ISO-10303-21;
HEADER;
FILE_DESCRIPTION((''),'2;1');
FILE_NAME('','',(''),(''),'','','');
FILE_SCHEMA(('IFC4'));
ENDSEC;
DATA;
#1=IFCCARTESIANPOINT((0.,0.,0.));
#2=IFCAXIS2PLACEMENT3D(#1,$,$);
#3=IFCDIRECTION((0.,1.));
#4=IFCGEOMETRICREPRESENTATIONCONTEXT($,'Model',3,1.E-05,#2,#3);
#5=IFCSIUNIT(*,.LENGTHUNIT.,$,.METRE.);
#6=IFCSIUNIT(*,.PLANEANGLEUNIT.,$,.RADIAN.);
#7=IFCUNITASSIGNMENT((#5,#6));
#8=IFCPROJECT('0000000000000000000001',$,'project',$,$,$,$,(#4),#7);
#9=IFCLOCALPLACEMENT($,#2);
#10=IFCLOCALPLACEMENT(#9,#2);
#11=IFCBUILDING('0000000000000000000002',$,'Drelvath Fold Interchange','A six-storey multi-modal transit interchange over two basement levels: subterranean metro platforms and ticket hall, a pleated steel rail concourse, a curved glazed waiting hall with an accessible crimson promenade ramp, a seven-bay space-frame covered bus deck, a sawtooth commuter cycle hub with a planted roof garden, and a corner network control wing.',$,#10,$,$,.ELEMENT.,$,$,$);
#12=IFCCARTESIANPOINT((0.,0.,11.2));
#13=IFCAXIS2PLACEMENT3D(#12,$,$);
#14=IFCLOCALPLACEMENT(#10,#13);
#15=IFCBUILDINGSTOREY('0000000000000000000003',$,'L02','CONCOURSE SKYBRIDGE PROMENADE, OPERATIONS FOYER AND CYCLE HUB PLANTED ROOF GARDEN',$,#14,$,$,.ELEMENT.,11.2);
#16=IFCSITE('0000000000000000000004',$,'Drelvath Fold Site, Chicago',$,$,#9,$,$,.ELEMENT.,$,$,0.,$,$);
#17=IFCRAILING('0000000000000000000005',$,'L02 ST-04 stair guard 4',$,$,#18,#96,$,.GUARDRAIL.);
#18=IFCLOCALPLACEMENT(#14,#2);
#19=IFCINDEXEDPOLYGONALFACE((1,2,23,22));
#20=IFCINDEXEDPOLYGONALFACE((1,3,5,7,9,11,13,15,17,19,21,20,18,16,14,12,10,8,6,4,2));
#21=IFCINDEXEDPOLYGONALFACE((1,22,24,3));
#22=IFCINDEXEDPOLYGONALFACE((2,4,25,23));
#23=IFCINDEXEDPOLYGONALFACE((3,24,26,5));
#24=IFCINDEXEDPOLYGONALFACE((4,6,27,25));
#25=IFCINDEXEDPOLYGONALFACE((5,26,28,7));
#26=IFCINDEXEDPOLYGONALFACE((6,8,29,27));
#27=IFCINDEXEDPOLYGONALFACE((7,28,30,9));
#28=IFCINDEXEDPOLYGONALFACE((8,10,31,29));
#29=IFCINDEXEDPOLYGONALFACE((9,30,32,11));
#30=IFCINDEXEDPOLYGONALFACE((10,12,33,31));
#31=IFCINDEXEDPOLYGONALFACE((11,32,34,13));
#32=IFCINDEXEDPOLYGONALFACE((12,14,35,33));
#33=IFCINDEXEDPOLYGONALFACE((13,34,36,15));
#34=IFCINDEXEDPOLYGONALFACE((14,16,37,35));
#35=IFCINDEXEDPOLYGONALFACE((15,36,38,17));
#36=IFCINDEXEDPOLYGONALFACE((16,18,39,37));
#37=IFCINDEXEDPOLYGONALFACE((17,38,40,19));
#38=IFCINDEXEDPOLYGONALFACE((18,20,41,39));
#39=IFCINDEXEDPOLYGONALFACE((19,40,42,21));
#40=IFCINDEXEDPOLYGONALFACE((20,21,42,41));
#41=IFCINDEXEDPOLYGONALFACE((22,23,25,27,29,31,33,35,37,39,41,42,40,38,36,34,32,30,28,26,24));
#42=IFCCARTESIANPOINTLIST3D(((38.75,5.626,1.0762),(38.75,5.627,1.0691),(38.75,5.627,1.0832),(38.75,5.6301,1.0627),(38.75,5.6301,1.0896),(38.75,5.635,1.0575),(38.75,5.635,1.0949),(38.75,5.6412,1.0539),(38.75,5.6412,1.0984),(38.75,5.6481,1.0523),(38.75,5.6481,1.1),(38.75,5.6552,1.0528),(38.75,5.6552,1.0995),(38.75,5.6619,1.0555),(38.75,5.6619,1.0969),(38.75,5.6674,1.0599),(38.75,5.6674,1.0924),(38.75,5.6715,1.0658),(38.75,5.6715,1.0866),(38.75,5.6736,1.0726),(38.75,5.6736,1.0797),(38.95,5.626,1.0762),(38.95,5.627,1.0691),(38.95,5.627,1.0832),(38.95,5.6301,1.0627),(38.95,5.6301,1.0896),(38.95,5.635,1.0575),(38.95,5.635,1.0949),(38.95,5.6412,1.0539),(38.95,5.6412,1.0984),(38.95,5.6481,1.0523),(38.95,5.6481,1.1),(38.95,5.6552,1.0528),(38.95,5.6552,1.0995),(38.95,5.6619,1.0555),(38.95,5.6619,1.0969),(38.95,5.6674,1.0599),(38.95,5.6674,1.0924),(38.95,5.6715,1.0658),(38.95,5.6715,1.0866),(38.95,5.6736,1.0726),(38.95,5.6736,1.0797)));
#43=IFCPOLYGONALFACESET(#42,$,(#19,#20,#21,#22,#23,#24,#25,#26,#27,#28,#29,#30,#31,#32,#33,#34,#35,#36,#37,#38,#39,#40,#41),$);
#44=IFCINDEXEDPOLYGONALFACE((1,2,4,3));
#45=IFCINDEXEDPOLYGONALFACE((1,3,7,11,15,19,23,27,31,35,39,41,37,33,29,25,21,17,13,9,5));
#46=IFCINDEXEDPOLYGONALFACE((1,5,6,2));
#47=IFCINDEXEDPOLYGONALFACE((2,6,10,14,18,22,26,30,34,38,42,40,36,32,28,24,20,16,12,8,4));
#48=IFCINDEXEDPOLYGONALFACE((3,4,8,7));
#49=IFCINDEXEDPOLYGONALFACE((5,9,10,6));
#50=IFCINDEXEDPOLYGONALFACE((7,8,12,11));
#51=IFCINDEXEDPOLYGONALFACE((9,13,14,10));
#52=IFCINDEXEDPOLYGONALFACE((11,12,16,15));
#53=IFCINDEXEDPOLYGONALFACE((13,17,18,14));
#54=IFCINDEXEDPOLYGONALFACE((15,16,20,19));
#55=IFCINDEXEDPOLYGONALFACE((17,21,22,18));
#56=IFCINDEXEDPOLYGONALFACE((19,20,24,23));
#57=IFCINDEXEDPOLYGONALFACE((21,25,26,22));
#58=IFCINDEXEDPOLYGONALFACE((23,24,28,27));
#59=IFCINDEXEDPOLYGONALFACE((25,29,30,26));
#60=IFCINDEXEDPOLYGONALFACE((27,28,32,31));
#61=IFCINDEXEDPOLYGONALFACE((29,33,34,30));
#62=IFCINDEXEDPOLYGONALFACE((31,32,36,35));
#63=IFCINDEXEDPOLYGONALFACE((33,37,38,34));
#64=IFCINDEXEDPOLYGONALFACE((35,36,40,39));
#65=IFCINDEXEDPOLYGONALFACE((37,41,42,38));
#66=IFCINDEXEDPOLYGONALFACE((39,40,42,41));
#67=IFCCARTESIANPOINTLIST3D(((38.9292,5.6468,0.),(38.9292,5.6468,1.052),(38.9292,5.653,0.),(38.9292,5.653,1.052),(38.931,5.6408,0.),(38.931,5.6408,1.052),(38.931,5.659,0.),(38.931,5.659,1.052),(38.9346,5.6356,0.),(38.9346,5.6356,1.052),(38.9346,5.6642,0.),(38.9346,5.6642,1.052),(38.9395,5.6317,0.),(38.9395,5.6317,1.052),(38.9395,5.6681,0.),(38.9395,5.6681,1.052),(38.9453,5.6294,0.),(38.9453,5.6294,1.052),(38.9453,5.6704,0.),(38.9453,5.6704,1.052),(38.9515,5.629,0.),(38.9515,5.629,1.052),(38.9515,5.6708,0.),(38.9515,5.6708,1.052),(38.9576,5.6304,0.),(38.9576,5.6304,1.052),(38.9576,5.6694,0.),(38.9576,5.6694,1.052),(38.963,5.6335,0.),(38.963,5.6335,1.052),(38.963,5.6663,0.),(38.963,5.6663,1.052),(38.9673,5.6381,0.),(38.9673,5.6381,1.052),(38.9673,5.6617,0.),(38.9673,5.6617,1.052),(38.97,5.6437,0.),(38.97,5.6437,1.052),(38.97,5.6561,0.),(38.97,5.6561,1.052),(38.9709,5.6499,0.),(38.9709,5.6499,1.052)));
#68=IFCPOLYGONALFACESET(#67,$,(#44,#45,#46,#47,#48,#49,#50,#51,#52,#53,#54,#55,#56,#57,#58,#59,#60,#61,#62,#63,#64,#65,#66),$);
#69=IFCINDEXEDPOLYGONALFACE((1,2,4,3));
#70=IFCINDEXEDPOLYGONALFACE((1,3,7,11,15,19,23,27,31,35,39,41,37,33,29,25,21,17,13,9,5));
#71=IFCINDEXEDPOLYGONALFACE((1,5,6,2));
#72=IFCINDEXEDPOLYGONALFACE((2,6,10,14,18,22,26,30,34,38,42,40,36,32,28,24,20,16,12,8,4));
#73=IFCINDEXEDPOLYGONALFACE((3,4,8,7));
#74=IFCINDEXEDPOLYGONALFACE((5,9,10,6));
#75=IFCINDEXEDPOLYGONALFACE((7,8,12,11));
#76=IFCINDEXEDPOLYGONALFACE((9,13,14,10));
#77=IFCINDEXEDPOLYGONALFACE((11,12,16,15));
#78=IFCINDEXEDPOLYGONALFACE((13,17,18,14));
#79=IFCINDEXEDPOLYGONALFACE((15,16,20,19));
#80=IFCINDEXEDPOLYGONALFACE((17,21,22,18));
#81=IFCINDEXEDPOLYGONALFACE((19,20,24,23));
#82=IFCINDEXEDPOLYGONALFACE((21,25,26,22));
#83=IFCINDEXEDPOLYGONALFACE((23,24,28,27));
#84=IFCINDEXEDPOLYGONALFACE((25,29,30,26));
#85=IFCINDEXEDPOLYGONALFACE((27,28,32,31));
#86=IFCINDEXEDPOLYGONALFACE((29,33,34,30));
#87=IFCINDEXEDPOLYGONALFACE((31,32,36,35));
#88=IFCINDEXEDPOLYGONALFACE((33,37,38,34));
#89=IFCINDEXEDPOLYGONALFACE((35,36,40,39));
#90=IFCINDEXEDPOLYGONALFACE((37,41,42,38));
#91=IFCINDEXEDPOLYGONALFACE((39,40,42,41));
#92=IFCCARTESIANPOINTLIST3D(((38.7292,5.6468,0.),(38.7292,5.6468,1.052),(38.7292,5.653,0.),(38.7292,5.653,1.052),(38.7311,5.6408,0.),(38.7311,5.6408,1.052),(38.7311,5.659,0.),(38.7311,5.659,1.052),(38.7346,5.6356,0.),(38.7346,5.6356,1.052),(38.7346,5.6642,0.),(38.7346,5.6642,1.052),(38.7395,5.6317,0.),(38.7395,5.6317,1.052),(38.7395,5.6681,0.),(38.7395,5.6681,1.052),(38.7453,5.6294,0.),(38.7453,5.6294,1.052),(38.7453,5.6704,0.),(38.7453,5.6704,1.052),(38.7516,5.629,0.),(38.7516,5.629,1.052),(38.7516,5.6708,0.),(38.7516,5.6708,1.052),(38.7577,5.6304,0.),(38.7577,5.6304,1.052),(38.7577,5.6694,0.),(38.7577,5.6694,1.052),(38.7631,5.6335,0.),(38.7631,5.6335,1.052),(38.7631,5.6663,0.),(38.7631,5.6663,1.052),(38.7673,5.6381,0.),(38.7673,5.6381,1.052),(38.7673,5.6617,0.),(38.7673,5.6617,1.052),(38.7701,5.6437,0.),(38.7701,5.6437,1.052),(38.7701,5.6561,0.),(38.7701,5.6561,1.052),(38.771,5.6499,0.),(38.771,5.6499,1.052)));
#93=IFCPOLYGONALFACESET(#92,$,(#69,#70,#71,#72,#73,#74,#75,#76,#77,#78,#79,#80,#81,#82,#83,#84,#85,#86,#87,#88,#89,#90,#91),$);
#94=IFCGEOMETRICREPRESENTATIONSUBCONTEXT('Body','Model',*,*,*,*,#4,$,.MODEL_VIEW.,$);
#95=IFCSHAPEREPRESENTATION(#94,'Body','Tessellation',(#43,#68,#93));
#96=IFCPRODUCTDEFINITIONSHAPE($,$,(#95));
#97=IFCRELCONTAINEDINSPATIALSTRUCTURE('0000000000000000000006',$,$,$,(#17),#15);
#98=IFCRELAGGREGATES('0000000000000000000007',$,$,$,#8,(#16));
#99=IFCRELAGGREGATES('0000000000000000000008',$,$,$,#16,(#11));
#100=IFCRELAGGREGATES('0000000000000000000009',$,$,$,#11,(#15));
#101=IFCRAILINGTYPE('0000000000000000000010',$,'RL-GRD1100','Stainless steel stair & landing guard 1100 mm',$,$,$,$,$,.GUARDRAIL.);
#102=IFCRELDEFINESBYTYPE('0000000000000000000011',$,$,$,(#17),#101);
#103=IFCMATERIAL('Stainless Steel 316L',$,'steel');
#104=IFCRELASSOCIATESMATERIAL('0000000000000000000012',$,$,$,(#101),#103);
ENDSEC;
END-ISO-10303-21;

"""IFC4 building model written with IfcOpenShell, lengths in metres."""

from ifc_helpers import new_model, si_unit, direction, frame, origin, origin_2d, place, context, subcontext, project, spatial, circle, extrude, material, type_object, element, save


model = new_model("IFC4")

# Units and contexts
model_context = context("Model", 3, precision=1e-05, world=origin(), true_north=direction((0.0, 1.0)))
body_context = subcontext(model_context, "Body", "Model", "MODEL_VIEW")
ifc_project = project(units=[si_unit("LENGTHUNIT", "METRE"), si_unit("PLANEANGLEUNIT", "RADIAN")], contexts=[model_context])

# Site, building, storey
site_placement = place(None, origin())
site = spatial("IfcSite", under=ifc_project, at=site_placement, Name="Drelvath Fold Site, Chicago", CompositionType="ELEMENT", RefElevation=0.0)
building_placement = place(site_placement, origin())
building = spatial("IfcBuilding", under=site, at=building_placement, Name="Drelvath Fold Interchange", Description="A six-storey multi-modal transit interchange over two basement levels: subterranean metro platforms and ticket hall, a pleated steel rail concourse, a curved glazed waiting hall with an accessible crimson promenade ramp, a seven-bay space-frame covered bus deck, a sawtooth commuter cycle hub with a planted roof garden, and a corner network control wing.", CompositionType="ELEMENT")
storey_placement = place(building_placement, frame((0.0, 0.0, 11.2)))
storey = spatial("IfcBuildingStorey", under=building, at=storey_placement, Name="L02", Description="CONCOURSE SKYBRIDGE PROMENADE, OPERATIONS FOYER AND CYCLE HUB PLANTED ROOF GARDEN", CompositionType="ELEMENT", Elevation=11.2)

# Railing
ifc_material_1 = material(Name="Stainless Steel 316L", Category="steel")
railing_type_1 = type_object("IfcRailingType", Name="RL-GRD1100", Description="Stainless steel stair & landing guard 1100 mm", PredefinedType="GUARDRAIL", material=ifc_material_1)
railing_1_placement = place(storey_placement, frame((38.95, 5.6499, 0.0)))
element("IfcRailing", 1, at=railing_1_placement, inside=storey, type_object=railing_type_1, Name="L02 ST-04 stair guard 4", PredefinedType="GUARDRAIL", context=body_context, shape_type="SweptSolid", body=[
    extrude(circle(Radius=0.0239, at=origin_2d()), frame((0.0, 0.0, 1.0762), z_axis=(-1.0, 0.0, 0.0), x_axis=(0.0, -1.0, 0.0)), (0.0, 0.0, 1.0), 0.2),
    extrude(circle(Radius=0.021, at=origin_2d()), origin(), (0.0, 0.0, 1.0), 1.052),
    extrude(circle(Radius=0.021, at=origin_2d()), frame((-0.2, 0.0, 0.0)), (0.0, 0.0, 1.0), 1.052),
])

save(model, "model.ifc")
